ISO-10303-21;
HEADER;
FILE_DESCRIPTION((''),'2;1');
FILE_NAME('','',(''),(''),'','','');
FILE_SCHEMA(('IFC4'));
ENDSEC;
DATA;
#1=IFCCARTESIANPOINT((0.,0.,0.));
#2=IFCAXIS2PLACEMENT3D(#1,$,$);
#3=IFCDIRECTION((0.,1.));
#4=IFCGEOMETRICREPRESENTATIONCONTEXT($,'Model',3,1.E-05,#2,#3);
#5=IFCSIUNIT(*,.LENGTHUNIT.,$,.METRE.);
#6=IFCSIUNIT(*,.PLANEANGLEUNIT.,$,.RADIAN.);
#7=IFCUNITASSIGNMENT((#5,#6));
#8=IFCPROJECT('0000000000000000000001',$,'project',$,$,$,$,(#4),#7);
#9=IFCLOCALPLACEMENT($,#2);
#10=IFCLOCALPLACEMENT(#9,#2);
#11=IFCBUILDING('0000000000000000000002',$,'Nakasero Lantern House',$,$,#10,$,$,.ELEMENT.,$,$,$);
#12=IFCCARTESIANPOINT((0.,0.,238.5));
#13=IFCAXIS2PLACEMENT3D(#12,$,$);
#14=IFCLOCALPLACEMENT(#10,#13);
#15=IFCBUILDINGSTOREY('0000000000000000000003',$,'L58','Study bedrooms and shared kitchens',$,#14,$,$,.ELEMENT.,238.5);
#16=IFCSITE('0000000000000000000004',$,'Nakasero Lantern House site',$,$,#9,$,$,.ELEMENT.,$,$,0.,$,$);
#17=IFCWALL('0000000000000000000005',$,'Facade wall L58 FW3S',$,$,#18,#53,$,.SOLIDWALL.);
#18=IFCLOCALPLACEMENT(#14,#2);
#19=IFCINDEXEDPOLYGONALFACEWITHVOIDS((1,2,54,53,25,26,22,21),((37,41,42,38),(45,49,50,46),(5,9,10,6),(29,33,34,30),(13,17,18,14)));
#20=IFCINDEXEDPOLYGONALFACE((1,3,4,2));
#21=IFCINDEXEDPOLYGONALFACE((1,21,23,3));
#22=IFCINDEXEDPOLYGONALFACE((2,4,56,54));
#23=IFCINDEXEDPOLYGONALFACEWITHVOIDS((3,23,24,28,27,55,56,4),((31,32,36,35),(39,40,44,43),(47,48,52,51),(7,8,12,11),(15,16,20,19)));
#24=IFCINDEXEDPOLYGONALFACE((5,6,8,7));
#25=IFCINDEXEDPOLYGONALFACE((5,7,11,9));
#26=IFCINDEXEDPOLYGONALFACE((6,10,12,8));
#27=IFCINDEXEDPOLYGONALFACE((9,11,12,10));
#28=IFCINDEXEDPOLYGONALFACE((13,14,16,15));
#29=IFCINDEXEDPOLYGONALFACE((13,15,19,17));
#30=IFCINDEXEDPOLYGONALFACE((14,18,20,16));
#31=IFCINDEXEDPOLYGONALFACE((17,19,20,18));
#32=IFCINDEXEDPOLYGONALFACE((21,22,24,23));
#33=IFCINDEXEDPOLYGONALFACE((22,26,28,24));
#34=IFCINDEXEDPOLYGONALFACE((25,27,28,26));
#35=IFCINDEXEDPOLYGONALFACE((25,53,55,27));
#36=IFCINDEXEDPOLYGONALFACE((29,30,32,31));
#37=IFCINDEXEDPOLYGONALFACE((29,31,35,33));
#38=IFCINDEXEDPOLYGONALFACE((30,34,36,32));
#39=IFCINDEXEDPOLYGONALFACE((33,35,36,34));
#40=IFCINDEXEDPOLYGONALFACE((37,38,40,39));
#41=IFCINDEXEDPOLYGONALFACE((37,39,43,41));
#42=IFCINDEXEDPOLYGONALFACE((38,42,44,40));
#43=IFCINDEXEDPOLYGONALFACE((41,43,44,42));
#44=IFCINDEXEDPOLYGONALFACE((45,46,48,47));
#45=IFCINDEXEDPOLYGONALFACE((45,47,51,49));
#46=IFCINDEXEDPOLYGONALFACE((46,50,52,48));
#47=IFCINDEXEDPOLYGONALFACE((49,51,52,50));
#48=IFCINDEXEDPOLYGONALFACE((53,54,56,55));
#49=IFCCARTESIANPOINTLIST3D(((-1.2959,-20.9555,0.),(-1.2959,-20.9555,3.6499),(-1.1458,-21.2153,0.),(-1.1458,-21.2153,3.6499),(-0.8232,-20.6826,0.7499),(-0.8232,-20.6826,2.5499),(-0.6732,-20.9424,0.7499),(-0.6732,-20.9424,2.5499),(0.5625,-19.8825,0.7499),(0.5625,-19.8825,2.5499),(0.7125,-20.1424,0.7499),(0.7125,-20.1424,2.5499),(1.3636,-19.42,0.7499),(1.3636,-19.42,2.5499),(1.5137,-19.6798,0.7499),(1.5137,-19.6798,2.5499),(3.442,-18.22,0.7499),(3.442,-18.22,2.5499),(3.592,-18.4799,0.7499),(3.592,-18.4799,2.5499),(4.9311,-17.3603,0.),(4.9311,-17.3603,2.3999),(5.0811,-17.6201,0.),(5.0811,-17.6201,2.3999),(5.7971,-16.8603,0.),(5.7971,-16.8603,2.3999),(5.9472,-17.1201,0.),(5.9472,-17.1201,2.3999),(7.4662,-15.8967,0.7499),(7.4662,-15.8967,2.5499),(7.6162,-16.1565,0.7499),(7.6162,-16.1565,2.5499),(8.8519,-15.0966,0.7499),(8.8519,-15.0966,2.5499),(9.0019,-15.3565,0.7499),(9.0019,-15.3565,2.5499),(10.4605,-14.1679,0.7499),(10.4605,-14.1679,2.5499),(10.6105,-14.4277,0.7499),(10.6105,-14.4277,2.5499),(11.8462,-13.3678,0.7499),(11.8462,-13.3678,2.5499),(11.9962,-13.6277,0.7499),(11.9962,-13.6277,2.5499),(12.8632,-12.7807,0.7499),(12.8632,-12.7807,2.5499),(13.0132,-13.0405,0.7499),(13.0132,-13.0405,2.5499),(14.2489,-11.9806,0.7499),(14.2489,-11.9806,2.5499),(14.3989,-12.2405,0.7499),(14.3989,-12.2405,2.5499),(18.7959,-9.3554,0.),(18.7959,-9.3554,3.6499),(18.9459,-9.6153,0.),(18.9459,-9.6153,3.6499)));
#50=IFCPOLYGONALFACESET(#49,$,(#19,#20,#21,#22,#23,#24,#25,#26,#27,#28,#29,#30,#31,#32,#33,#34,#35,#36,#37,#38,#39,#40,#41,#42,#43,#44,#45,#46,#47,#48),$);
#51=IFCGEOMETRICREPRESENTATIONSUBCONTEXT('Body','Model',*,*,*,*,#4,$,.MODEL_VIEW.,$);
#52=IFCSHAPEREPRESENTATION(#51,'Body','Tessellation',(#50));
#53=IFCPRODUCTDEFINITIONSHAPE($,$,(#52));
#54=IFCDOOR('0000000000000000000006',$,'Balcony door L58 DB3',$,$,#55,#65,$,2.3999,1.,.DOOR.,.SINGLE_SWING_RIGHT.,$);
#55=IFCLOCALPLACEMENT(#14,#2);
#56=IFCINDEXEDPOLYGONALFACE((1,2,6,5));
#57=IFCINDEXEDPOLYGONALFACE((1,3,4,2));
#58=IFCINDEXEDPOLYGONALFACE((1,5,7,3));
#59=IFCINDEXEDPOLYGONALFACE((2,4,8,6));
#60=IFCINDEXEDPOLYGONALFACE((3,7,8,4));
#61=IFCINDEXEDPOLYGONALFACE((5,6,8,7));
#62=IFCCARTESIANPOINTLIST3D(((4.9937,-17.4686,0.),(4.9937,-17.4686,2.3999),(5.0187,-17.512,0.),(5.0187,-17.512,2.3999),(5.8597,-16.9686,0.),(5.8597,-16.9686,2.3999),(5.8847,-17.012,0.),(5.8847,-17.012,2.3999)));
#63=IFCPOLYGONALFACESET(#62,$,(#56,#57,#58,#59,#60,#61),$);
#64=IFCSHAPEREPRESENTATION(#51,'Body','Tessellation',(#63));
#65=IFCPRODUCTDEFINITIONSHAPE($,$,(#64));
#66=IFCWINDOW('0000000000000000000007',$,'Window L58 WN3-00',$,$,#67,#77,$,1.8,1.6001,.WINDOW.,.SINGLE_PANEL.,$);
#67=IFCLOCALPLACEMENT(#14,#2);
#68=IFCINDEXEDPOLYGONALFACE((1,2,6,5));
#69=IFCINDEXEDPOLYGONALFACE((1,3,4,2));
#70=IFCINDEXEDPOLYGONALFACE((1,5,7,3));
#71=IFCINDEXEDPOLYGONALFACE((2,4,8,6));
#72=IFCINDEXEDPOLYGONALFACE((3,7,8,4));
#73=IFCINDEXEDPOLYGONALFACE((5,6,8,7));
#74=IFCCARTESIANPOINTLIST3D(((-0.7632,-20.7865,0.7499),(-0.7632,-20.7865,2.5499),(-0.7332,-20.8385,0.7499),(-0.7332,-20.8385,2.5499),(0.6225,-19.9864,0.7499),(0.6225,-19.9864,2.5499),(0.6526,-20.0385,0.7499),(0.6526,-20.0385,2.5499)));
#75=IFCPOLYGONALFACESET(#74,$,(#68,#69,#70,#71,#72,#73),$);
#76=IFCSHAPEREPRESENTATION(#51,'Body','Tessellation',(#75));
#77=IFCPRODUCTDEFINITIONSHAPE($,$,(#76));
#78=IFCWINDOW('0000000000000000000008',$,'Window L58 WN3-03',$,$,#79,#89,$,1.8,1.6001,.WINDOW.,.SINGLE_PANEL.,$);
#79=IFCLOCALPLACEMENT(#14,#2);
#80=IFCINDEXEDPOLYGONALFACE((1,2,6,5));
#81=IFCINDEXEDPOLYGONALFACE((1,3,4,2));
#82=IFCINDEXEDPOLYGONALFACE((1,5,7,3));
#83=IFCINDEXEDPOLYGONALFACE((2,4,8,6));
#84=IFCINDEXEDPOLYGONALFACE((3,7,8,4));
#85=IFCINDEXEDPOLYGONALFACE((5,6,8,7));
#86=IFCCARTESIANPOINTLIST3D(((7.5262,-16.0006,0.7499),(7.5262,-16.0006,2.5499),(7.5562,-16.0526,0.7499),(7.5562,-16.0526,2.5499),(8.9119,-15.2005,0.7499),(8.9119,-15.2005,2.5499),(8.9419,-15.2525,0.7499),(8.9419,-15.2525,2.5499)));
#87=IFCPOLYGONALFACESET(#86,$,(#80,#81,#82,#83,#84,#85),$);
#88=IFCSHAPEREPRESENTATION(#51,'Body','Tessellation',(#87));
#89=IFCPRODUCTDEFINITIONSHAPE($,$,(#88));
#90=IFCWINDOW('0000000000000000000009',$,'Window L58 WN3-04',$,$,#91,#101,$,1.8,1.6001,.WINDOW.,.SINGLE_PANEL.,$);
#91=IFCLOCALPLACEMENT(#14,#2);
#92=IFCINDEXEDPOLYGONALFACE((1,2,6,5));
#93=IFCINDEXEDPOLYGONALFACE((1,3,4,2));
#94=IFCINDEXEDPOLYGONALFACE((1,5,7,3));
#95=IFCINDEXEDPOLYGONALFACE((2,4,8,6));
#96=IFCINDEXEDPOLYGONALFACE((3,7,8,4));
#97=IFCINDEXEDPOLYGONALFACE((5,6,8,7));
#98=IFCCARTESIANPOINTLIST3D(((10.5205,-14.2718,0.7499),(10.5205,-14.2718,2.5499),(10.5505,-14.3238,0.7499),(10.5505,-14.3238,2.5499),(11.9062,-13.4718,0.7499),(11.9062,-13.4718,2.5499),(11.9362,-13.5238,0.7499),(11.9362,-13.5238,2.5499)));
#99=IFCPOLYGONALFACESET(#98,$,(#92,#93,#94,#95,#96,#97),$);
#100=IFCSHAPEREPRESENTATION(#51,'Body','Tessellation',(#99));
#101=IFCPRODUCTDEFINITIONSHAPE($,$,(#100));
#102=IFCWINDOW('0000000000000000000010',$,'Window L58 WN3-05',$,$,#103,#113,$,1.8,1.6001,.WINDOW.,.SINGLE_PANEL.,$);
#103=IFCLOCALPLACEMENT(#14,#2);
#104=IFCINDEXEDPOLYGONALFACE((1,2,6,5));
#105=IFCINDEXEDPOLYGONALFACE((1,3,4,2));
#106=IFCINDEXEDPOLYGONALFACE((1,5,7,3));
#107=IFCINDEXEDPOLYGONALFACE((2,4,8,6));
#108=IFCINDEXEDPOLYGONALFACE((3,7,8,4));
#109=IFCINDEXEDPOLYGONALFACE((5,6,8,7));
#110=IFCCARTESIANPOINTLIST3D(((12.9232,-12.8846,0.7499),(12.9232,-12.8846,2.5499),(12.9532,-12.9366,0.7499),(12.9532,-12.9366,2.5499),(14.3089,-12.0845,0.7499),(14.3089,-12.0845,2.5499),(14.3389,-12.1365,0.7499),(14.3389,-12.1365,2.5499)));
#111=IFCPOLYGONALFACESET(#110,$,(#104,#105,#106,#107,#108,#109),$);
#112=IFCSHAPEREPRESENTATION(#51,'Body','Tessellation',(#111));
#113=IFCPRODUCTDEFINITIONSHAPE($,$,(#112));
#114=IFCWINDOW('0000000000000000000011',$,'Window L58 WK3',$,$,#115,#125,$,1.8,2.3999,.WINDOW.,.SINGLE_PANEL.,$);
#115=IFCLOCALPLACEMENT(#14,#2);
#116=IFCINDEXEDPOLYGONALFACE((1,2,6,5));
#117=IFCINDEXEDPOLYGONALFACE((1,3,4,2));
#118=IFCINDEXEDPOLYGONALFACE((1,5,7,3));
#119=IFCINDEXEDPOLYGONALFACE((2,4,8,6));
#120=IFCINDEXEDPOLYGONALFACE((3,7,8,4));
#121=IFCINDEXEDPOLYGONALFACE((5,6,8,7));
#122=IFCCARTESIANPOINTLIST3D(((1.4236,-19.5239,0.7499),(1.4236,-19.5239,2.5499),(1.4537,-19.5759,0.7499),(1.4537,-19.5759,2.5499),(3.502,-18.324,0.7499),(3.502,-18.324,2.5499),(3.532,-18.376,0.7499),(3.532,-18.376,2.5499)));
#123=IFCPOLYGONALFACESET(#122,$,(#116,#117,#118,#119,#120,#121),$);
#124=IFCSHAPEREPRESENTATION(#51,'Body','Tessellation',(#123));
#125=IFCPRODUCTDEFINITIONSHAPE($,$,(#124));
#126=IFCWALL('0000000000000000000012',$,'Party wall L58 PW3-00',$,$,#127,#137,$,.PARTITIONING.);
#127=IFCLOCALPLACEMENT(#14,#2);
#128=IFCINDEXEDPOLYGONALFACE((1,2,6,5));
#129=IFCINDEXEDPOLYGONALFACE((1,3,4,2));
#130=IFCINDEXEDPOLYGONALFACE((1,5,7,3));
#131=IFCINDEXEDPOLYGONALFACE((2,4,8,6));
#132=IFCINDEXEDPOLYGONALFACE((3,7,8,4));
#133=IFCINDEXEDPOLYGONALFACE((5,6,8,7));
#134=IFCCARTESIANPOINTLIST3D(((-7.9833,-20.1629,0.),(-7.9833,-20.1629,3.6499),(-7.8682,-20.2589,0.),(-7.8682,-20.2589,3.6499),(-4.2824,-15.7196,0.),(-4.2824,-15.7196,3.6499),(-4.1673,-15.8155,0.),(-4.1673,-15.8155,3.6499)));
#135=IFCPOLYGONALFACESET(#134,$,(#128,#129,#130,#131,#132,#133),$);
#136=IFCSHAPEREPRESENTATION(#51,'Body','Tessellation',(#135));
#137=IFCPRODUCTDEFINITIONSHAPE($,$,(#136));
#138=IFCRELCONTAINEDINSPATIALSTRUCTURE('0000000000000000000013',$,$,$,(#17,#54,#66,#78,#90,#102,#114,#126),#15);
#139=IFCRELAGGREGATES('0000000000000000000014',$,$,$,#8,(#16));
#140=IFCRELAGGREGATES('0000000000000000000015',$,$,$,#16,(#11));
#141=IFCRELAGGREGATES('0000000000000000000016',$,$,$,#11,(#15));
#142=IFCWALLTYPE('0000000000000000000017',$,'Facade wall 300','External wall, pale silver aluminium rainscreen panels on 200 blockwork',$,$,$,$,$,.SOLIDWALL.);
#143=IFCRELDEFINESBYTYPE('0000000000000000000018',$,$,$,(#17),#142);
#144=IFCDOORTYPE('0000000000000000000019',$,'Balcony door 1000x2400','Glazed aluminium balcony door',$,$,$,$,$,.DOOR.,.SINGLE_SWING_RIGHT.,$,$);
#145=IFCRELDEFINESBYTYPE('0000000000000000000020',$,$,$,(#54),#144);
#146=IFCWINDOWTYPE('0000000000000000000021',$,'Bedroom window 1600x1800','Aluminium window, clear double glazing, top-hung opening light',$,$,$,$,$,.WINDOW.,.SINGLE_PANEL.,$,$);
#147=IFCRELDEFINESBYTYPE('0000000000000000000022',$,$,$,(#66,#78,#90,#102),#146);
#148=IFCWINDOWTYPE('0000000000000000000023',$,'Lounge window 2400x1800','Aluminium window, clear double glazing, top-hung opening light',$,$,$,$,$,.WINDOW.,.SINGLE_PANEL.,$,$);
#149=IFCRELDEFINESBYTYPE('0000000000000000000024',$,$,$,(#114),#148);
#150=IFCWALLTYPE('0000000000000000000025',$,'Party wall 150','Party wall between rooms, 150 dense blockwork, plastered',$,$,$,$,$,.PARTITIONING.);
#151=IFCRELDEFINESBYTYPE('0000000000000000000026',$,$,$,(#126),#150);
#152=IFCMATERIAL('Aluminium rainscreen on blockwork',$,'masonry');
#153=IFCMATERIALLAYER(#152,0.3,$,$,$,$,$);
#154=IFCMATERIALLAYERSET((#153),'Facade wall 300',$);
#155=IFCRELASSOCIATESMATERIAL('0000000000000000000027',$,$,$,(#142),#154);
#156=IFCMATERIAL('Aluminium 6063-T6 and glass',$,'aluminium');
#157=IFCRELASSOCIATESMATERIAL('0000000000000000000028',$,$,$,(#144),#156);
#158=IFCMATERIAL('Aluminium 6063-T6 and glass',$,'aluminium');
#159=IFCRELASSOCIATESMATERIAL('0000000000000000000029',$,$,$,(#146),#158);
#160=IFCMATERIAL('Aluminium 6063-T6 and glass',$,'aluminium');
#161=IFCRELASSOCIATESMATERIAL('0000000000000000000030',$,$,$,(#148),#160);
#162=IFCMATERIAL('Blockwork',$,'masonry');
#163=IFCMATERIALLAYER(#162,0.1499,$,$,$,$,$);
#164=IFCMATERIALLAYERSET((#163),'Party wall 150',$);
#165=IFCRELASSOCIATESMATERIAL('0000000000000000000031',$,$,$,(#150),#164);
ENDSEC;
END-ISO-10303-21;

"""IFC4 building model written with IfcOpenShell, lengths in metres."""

from ifc_helpers import new_model, si_unit, direction, frame, frame_2d, origin, place, context, subcontext, project, spatial, rectangle, extrude, material, layer, layer_set, type_object, element, fill, save


model = new_model("IFC4")

# Units and contexts
model_context = context("Model", 3, precision=1e-05, world=origin(), true_north=direction((0.0, 1.0)))
body_context = subcontext(model_context, "Body", "Model", "MODEL_VIEW")
ifc_project = project(units=[si_unit("LENGTHUNIT", "METRE"), si_unit("PLANEANGLEUNIT", "RADIAN")], contexts=[model_context])

# Site, building, storey
site_placement = place(None, origin())
site = spatial("IfcSite", under=ifc_project, at=site_placement, Name="Nakasero Lantern House site", CompositionType="ELEMENT", RefElevation=0.0)
building_placement = place(site_placement, origin())
building = spatial("IfcBuilding", under=site, at=building_placement, Name="Nakasero Lantern House", CompositionType="ELEMENT")
storey_placement = place(building_placement, frame((0.0, 0.0, 238.5)))
storey = spatial("IfcBuildingStorey", under=building, at=storey_placement, Name="L58", Description="Study bedrooms and shared kitchens", CompositionType="ELEMENT", Elevation=238.5)

# Shared definitions
ifc_material_1 = material(Name="Aluminium rainscreen on blockwork", Category="masonry")
ifc_layer_1 = layer(ifc_material_1, 0.3)
ifc_layer_set_1 = layer_set([ifc_layer_1], Name="Facade wall 300")
wall_type_1 = type_object("IfcWallType", Name="Facade wall 300", Description="External wall, pale silver aluminium rainscreen panels on 200 blockwork", PredefinedType="SOLIDWALL", material=ifc_layer_set_1)

# Wall, openings, door, windows
wall_1_placement = place(storey_placement, frame((-1.2209, -21.0854, 0.0), z_axis=(0.0, 0.0, 1.0), x_axis=(0.866024, 0.500003, 0.0)))
wall_1 = element("IfcWall", 1, at=wall_1_placement, inside=storey, type_object=wall_type_1, Name="Facade wall L58 FW3S", PredefinedType="SOLIDWALL", context=body_context, shape_type="SweptSolid", body=[
    extrude(rectangle(XDim=23.2, YDim=0.3, at=frame_2d((11.6001, 0.0))), origin(), (0.0, 0.0, 1.0), 3.6499),
])
opening_1_placement = place(wall_1_placement, frame((0.5459, 0.0, 0.75)))
opening_1 = element("IfcOpeningElement", 2, at=opening_1_placement, cuts=wall_1, PredefinedType="OPENING", context=body_context, shape_type="SweptSolid", body=[
    extrude(rectangle(XDim=1.6001, YDim=1.8, at=frame_2d((0.8, 0.8999))), frame((0.0, 0.1699, 0.0), z_axis=(0.0, -1.0, 0.0), x_axis=(1.0, 0.0, 0.0)), (0.0, 0.0, 1.0), 0.3401),
])
opening_2_placement = place(wall_1_placement, frame((10.1177, 0.0, 0.75)))
opening_2 = element("IfcOpeningElement", 3, at=opening_2_placement, cuts=wall_1, PredefinedType="OPENING", context=body_context, shape_type="SweptSolid", body=[
    extrude(rectangle(XDim=1.6001, YDim=1.8, at=frame_2d((0.8, 0.8999))), frame((0.0, 0.1699, 0.0), z_axis=(0.0, -1.0, 0.0), x_axis=(1.0, 0.0, 0.0)), (0.0, 0.0, 1.0), 0.3401),
])
opening_3_placement = place(wall_1_placement, frame((13.5752, 0.0, 0.75)))
opening_3 = element("IfcOpeningElement", 4, at=opening_3_placement, cuts=wall_1, PredefinedType="OPENING", context=body_context, shape_type="SweptSolid", body=[
    extrude(rectangle(XDim=1.6001, YDim=1.8, at=frame_2d((0.8, 0.8999))), frame((0.0, 0.1699, 0.0), z_axis=(0.0, -1.0, 0.0), x_axis=(1.0, 0.0, 0.0)), (0.0, 0.0, 1.0), 0.3401),
])
opening_4_placement = place(wall_1_placement, frame((16.3496, 0.0, 0.75)))
opening_4 = element("IfcOpeningElement", 5, at=opening_4_placement, cuts=wall_1, PredefinedType="OPENING", context=body_context, shape_type="SweptSolid", body=[
    extrude(rectangle(XDim=1.6001, YDim=1.8, at=frame_2d((0.8, 0.8999))), frame((0.0, 0.1699, 0.0), z_axis=(0.0, -1.0, 0.0), x_axis=(1.0, 0.0, 0.0)), (0.0, 0.0, 1.0), 0.3401),
])
opening_5_placement = place(wall_1_placement, frame((3.071, 0.0, 0.75)))
opening_5 = element("IfcOpeningElement", 6, at=opening_5_placement, cuts=wall_1, PredefinedType="OPENING", context=body_context, shape_type="SweptSolid", body=[
    extrude(rectangle(XDim=2.3999, YDim=1.8, at=frame_2d((1.2, 0.8999))), frame((0.0, 0.1699, 0.0), z_axis=(0.0, -1.0, 0.0), x_axis=(1.0, 0.0, 0.0)), (0.0, 0.0, 1.0), 0.3401),
])
opening_6_placement = place(wall_1_placement, frame((7.1904, 0.0, 0.0)))
opening_6 = element("IfcOpeningElement", 7, at=opening_6_placement, cuts=wall_1, PredefinedType="OPENING", context=body_context, shape_type="SweptSolid", body=[
    extrude(rectangle(XDim=1.0, YDim=2.3999, at=frame_2d((0.5, 1.2))), frame((0.0, 0.1699, 0.0), z_axis=(0.0, -1.0, 0.0), x_axis=(1.0, 0.0, 0.0)), (0.0, 0.0, 1.0), 0.3401),
])
ifc_material_2 = material(Name="Aluminium 6063-T6 and glass", Category="aluminium")
door_type_1 = type_object("IfcDoorType", Name="Balcony door 1000x2400", Description="Glazed aluminium balcony door", OperationType="SINGLE_SWING_RIGHT", PredefinedType="DOOR", material=ifc_material_2)
door_1_placement = place(opening_6_placement, origin())
door_1 = element("IfcDoor", 8, at=door_1_placement, inside=storey, type_object=door_type_1, Name="Balcony door L58 DB3", OperationType="SINGLE_SWING_RIGHT", OverallHeight=2.3999, OverallWidth=1.0, PredefinedType="DOOR", context=body_context, shape_type="SweptSolid", body=[
    extrude(rectangle(XDim=1.0, YDim=2.3999, at=frame_2d((0.5, 1.2))), frame((0.0, 0.0249, 0.0), z_axis=(0.0, -1.0, 0.0), x_axis=(1.0, 0.0, 0.0)), (0.0, 0.0, 1.0), 0.05),
])
fill(opening_6, door_1)
ifc_material_3 = material(Name="Aluminium 6063-T6 and glass", Category="aluminium")
window_type_1 = type_object("IfcWindowType", Name="Bedroom window 1600x1800", Description="Aluminium window, clear double glazing, top-hung opening light", PartitioningType="SINGLE_PANEL", PredefinedType="WINDOW", material=ifc_material_3)
window_1_placement = place(opening_1_placement, origin())
window_1 = element("IfcWindow", 9, at=window_1_placement, inside=storey, type_object=window_type_1, Name="Window L58 WN3-00", OverallHeight=1.8, OverallWidth=1.6001, PartitioningType="SINGLE_PANEL", PredefinedType="WINDOW", context=body_context, shape_type="SweptSolid", body=[
    extrude(rectangle(XDim=1.6001, YDim=1.8, at=frame_2d((0.8, 0.8999))), frame((0.0, 0.03, 0.0), z_axis=(0.0, -1.0, 0.0), x_axis=(1.0, 0.0, 0.0)), (0.0, 0.0, 1.0), 0.0601),
])
fill(opening_1, window_1)
window_2_placement = place(opening_2_placement, origin())
window_2 = element("IfcWindow", 10, at=window_2_placement, inside=storey, type_object=window_type_1, Name="Window L58 WN3-03", OverallHeight=1.8, OverallWidth=1.6001, PartitioningType="SINGLE_PANEL", PredefinedType="WINDOW", context=body_context, shape_type="SweptSolid", body=[
    extrude(rectangle(XDim=1.6001, YDim=1.8, at=frame_2d((0.8, 0.8999))), frame((0.0, 0.03, 0.0), z_axis=(0.0, -1.0, 0.0), x_axis=(1.0, 0.0, 0.0)), (0.0, 0.0, 1.0), 0.0601),
])
fill(opening_2, window_2)
window_3_placement = place(opening_3_placement, origin())
window_3 = element("IfcWindow", 11, at=window_3_placement, inside=storey, type_object=window_type_1, Name="Window L58 WN3-04", OverallHeight=1.8, OverallWidth=1.6001, PartitioningType="SINGLE_PANEL", PredefinedType="WINDOW", context=body_context, shape_type="SweptSolid", body=[
    extrude(rectangle(XDim=1.6001, YDim=1.8, at=frame_2d((0.8, 0.8999))), frame((0.0, 0.03, 0.0), z_axis=(0.0, -1.0, 0.0), x_axis=(1.0, 0.0, 0.0)), (0.0, 0.0, 1.0), 0.0601),
])
fill(opening_3, window_3)
window_4_placement = place(opening_4_placement, origin())
window_4 = element("IfcWindow", 12, at=window_4_placement, inside=storey, type_object=window_type_1, Name="Window L58 WN3-05", OverallHeight=1.8, OverallWidth=1.6001, PartitioningType="SINGLE_PANEL", PredefinedType="WINDOW", context=body_context, shape_type="SweptSolid", body=[
    extrude(rectangle(XDim=1.6001, YDim=1.8, at=frame_2d((0.8, 0.8999))), frame((0.0, 0.03, 0.0), z_axis=(0.0, -1.0, 0.0), x_axis=(1.0, 0.0, 0.0)), (0.0, 0.0, 1.0), 0.0601),
])
fill(opening_4, window_4)
ifc_material_4 = material(Name="Aluminium 6063-T6 and glass", Category="aluminium")
window_type_2 = type_object("IfcWindowType", Name="Lounge window 2400x1800", Description="Aluminium window, clear double glazing, top-hung opening light", PartitioningType="SINGLE_PANEL", PredefinedType="WINDOW", material=ifc_material_4)
window_5_placement = place(opening_5_placement, origin())
window_5 = element("IfcWindow", 13, at=window_5_placement, inside=storey, type_object=window_type_2, Name="Window L58 WK3", OverallHeight=1.8, OverallWidth=2.3999, PartitioningType="SINGLE_PANEL", PredefinedType="WINDOW", context=body_context, shape_type="SweptSolid", body=[
    extrude(rectangle(XDim=2.3999, YDim=1.8, at=frame_2d((1.2, 0.8999))), frame((0.0, 0.03, 0.0), z_axis=(0.0, -1.0, 0.0), x_axis=(1.0, 0.0, 0.0)), (0.0, 0.0, 1.0), 0.0601),
])
fill(opening_5, window_5)

# Wall
ifc_material_5 = material(Name="Blockwork", Category="masonry")
ifc_layer_2 = layer(ifc_material_5, 0.1499)
ifc_layer_set_2 = layer_set([ifc_layer_2], Name="Party wall 150")
wall_type_2 = type_object("IfcWallType", Name="Party wall 150", Description="Party wall between rooms, 150 dense blockwork, plastered", PredefinedType="PARTITIONING", material=ifc_layer_set_2)
wall_2_placement = place(storey_placement, frame((-4.2249, -15.7676, 0.0), z_axis=(0.0, 0.0, 1.0), x_axis=(-0.639993, -0.76838, 0.0)))
element("IfcWall", 14, at=wall_2_placement, inside=storey, type_object=wall_type_2, Name="Party wall L58 PW3-00", PredefinedType="PARTITIONING", context=body_context, shape_type="SweptSolid", body=[
    extrude(rectangle(XDim=5.7827, YDim=0.1499, at=frame_2d((2.8914, 0.0))), origin(), (0.0, 0.0, 1.0), 3.6499),
])

save(model, "model.ifc")
